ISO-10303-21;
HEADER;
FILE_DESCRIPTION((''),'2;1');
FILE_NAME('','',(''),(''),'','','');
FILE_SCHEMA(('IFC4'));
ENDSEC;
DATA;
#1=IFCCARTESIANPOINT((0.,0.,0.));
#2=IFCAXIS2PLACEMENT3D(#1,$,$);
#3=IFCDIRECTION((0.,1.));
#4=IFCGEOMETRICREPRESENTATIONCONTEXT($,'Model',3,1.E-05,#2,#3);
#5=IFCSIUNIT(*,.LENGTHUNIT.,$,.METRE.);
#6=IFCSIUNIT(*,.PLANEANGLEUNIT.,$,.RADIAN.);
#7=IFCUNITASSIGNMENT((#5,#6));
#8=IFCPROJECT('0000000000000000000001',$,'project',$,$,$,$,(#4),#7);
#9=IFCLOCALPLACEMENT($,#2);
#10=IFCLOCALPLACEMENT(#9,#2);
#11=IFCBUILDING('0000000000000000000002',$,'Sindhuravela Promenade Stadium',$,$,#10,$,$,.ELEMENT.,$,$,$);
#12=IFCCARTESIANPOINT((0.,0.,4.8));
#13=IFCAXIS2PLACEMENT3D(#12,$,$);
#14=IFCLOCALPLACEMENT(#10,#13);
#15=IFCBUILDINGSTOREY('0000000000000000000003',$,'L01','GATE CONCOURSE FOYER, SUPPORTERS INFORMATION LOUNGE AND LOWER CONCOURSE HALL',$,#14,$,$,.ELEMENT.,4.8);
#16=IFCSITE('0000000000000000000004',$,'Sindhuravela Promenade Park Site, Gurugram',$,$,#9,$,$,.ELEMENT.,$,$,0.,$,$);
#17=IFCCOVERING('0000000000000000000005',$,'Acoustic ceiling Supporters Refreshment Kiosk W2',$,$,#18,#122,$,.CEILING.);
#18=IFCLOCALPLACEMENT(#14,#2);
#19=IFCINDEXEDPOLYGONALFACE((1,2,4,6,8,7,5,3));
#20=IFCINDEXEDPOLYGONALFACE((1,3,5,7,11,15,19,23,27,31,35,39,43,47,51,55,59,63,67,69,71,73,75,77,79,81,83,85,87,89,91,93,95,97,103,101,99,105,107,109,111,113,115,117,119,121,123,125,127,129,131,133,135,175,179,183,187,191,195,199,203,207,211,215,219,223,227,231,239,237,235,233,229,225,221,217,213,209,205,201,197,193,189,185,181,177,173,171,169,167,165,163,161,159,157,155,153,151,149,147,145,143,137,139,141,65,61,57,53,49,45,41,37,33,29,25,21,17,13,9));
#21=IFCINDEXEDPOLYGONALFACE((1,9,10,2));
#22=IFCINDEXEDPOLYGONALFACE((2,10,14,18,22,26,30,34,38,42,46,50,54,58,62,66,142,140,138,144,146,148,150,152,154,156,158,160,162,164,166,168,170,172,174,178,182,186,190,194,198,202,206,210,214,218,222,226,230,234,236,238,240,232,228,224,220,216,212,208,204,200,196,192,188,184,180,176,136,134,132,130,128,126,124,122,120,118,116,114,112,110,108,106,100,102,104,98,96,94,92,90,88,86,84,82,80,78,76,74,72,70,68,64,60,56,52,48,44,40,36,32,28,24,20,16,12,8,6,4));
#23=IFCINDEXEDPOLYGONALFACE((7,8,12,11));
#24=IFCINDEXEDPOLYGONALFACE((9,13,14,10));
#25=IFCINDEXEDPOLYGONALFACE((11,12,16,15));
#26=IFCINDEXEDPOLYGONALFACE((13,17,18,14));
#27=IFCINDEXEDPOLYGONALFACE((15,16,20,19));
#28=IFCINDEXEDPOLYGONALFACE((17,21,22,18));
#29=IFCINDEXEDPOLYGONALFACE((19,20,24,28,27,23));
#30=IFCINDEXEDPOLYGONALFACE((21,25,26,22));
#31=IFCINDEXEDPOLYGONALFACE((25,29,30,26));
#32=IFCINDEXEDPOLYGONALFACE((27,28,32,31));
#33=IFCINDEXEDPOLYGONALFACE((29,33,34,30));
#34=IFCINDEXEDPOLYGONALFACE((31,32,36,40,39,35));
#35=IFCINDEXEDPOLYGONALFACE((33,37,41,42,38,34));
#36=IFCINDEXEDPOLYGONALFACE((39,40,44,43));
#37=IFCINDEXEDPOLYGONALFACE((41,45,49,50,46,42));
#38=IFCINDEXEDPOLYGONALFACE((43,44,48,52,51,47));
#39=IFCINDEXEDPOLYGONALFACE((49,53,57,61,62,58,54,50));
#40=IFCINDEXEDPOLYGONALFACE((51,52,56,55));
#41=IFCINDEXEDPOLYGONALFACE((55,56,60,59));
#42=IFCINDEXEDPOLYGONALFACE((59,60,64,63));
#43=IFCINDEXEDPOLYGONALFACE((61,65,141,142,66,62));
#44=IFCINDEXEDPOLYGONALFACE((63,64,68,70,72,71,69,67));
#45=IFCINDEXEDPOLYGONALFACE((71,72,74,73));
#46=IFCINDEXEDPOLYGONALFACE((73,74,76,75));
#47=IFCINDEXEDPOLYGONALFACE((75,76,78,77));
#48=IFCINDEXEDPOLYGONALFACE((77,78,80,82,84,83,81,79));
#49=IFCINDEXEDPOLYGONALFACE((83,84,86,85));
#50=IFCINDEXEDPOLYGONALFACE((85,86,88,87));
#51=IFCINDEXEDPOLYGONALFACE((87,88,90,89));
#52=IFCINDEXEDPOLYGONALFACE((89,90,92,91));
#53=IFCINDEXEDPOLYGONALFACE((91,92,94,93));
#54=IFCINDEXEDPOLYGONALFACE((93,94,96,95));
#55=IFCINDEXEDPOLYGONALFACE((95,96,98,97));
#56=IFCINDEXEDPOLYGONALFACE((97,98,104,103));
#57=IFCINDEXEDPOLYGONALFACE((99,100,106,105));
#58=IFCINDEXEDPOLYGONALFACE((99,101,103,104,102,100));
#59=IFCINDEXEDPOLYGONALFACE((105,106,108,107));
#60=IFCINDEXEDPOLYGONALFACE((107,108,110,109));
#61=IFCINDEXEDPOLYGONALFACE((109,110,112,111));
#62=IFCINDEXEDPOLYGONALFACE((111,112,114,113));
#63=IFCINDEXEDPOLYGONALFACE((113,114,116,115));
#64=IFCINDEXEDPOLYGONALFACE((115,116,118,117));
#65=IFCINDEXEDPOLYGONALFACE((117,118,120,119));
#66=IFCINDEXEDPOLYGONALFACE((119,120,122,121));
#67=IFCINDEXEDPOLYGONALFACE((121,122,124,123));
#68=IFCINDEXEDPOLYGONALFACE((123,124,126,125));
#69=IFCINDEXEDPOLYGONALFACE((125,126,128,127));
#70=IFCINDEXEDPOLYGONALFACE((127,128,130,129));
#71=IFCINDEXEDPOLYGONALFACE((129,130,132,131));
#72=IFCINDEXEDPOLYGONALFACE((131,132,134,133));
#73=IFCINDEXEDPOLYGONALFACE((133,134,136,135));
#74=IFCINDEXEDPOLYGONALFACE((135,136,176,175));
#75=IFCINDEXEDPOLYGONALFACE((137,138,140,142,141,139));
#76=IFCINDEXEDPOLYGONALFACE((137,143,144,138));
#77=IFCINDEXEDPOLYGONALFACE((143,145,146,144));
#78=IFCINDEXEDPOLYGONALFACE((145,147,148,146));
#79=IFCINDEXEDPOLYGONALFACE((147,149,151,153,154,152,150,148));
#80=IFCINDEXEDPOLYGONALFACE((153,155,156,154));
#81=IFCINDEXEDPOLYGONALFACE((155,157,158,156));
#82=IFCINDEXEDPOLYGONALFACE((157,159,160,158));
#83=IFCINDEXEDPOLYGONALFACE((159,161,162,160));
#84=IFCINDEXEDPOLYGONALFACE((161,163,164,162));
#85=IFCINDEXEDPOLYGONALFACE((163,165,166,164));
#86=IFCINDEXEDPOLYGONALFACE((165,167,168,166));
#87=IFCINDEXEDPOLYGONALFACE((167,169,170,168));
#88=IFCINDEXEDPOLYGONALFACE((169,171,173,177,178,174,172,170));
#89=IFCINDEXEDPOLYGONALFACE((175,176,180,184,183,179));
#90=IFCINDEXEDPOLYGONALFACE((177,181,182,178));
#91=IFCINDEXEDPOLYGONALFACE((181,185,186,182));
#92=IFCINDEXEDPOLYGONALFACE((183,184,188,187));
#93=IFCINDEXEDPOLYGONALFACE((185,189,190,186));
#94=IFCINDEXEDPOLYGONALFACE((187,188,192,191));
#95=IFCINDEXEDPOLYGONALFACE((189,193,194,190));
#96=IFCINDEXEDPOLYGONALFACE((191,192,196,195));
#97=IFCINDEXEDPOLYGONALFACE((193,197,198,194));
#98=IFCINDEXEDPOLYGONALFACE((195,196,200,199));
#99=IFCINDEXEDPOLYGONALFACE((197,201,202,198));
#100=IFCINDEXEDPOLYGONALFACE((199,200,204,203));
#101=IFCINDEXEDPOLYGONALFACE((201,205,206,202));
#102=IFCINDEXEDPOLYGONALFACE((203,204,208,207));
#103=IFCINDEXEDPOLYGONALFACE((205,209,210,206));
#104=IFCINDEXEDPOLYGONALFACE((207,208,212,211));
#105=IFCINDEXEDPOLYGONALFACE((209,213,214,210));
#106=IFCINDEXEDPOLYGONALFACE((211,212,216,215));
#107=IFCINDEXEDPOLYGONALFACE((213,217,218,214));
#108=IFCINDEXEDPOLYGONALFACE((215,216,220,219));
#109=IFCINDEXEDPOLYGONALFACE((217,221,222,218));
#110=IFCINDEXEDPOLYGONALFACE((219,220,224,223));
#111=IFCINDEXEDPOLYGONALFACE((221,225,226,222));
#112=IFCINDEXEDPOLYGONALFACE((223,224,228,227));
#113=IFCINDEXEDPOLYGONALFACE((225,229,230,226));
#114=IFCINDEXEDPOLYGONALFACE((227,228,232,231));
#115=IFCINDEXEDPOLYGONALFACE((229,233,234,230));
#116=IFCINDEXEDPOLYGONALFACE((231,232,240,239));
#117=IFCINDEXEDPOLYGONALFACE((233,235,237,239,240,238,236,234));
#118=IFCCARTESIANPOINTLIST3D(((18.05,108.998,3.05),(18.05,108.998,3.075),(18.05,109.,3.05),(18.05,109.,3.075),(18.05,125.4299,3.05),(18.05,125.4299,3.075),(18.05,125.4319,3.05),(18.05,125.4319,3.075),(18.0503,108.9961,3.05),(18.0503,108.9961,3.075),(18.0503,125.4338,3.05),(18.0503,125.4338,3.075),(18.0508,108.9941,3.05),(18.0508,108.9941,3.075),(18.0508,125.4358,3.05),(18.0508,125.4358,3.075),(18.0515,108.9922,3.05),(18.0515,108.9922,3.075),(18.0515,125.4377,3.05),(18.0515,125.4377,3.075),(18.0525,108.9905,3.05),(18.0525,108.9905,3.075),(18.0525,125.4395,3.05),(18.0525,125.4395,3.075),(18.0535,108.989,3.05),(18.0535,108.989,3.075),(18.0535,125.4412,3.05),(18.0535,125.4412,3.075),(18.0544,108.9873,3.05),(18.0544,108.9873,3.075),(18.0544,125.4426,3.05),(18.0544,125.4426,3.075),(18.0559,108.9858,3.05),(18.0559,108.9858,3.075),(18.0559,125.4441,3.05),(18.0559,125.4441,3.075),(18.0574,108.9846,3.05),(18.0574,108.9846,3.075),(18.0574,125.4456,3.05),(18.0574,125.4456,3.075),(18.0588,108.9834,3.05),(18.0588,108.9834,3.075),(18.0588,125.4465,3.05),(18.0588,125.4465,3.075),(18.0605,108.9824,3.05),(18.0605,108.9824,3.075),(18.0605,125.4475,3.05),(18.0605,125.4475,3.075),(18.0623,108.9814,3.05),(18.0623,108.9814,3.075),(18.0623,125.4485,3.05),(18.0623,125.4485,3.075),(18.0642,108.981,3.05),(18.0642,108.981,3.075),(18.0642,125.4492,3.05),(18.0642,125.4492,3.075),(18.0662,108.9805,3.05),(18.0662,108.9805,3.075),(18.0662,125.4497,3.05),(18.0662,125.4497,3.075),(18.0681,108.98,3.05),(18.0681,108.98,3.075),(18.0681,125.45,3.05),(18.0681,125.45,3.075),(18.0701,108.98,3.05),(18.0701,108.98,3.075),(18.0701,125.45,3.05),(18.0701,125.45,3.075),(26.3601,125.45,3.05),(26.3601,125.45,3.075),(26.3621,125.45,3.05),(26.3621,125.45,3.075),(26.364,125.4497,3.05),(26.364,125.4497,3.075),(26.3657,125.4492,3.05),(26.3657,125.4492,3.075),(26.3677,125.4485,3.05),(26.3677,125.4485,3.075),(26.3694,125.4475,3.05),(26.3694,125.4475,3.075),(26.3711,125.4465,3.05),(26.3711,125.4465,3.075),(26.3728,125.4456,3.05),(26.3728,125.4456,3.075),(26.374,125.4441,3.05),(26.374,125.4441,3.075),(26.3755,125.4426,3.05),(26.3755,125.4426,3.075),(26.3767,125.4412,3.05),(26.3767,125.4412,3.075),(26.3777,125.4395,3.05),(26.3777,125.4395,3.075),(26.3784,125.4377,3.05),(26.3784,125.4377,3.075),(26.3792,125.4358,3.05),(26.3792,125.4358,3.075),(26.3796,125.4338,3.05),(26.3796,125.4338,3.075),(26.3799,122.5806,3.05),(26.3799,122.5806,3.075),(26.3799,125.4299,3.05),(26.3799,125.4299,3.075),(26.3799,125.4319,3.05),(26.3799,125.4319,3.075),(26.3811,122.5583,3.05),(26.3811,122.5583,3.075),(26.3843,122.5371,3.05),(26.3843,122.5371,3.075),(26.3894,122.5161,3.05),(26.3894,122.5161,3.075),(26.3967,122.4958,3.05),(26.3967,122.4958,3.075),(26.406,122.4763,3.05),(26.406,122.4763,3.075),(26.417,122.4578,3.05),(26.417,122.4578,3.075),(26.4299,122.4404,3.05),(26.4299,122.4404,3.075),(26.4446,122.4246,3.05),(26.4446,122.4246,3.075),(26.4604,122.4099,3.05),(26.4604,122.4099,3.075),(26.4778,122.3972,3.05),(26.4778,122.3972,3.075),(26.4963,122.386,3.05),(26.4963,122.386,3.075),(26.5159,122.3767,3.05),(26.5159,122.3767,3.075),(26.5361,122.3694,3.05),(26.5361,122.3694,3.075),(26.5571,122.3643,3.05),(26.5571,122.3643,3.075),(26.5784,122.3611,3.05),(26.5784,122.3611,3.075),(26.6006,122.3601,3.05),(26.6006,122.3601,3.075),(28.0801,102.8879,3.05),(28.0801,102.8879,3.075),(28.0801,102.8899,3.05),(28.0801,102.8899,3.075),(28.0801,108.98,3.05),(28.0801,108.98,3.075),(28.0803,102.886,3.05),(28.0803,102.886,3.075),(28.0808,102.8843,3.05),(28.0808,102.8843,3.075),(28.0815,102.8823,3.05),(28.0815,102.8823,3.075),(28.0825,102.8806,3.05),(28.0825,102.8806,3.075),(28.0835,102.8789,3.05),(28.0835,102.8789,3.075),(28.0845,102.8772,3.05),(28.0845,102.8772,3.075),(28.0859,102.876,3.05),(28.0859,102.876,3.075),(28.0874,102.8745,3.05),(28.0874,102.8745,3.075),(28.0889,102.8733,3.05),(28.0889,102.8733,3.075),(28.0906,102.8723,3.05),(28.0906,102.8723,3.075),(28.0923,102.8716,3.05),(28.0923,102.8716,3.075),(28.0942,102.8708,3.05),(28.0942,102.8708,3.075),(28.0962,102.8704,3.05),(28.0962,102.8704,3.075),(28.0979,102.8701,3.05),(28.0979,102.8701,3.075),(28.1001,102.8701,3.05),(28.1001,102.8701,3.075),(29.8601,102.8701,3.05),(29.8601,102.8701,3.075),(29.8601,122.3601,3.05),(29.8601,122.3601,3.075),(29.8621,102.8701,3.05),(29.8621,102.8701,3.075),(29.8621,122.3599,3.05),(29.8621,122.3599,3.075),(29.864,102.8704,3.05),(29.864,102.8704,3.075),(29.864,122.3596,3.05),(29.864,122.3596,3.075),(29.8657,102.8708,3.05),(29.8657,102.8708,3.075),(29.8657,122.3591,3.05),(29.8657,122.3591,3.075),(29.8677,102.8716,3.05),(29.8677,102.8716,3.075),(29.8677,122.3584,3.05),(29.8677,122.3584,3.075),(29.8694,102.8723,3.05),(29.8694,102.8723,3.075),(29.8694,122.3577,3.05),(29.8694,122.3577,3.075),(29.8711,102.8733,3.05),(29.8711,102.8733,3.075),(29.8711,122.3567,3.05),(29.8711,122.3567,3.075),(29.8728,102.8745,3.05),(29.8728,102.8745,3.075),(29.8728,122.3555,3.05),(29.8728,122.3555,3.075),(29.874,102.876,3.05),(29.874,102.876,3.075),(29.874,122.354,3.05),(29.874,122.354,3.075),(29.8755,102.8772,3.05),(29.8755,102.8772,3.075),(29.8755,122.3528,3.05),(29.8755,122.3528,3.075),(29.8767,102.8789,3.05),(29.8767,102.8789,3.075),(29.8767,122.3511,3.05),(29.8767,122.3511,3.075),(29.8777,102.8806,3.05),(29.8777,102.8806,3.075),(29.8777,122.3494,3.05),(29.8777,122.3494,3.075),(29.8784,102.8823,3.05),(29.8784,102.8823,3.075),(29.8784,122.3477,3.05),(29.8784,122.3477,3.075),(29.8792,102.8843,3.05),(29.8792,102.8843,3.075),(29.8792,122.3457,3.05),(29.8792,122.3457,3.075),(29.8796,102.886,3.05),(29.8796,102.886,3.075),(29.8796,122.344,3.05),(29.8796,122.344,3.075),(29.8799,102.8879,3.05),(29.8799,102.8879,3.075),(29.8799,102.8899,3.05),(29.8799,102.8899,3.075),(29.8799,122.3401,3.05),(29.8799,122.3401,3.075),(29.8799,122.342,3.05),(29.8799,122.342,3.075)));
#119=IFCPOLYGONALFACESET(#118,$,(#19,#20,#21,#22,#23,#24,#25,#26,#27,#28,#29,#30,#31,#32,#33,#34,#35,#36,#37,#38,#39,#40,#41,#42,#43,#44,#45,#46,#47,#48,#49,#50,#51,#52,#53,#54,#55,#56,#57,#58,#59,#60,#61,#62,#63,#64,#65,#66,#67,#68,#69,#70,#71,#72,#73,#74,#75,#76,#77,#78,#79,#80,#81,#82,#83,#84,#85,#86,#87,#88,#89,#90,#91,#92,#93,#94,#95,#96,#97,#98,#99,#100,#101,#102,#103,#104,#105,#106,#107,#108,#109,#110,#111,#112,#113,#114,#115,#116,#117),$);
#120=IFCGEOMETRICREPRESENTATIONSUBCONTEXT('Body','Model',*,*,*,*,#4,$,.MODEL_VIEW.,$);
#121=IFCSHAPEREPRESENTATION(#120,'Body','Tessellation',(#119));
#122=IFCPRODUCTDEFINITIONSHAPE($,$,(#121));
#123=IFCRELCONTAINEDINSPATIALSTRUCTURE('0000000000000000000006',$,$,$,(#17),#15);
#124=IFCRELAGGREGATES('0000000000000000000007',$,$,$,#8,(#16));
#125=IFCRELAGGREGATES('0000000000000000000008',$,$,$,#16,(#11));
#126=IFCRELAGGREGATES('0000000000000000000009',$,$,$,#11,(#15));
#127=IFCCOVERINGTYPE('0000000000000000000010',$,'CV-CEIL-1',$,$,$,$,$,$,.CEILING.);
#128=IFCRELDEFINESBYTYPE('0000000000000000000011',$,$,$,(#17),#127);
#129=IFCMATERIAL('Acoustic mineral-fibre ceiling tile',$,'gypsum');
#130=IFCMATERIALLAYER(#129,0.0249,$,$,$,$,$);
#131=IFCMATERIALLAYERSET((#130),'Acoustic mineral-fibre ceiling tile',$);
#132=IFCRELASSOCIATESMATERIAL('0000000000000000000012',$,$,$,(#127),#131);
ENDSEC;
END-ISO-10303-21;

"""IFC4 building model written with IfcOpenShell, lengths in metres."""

from ifc_helpers import new_model, si_unit, direction, frame, origin, place, context, subcontext, project, spatial, polyline, outline, extrude, material, layer, layer_set, type_object, element, save


model = new_model("IFC4")

# Units and contexts
model_context = context("Model", 3, precision=1e-05, world=origin(), true_north=direction((0.0, 1.0)))
body_context = subcontext(model_context, "Body", "Model", "MODEL_VIEW")
ifc_project = project(units=[si_unit("LENGTHUNIT", "METRE"), si_unit("PLANEANGLEUNIT", "RADIAN")], contexts=[model_context])

# Site, building, storey
site_placement = place(None, origin())
site = spatial("IfcSite", under=ifc_project, at=site_placement, Name="Sindhuravela Promenade Park Site, Gurugram", CompositionType="ELEMENT", RefElevation=0.0)
building_placement = place(site_placement, origin())
building = spatial("IfcBuilding", under=site, at=building_placement, Name="Sindhuravela Promenade Stadium", CompositionType="ELEMENT")
storey_placement = place(building_placement, frame((0.0, 0.0, 4.8)))
storey = spatial("IfcBuildingStorey", under=building, at=storey_placement, Name="L01", Description="GATE CONCOURSE FOYER, SUPPORTERS INFORMATION LOUNGE AND LOWER CONCOURSE HALL", CompositionType="ELEMENT", Elevation=4.8)

# Covering
ifc_material_1 = material(Name="Acoustic mineral-fibre ceiling tile", Category="gypsum")
ifc_layer_1 = layer(ifc_material_1, 0.0249)
ifc_layer_set_1 = layer_set([ifc_layer_1], Name="Acoustic mineral-fibre ceiling tile")
covering_type_1 = type_object("IfcCoveringType", Name="CV-CEIL-1", PredefinedType="CEILING", material=ifc_layer_set_1)
covering_1_placement = place(storey_placement, frame((0.0, 0.0, 3.05)))
element("IfcCovering", 1, at=covering_1_placement, inside=storey, type_object=covering_type_1, Name="Acoustic ceiling Supporters Refreshment Kiosk W2", PredefinedType="CEILING", context=body_context, shape_type="SweptSolid", body=[
    extrude(outline(polyline([(26.3799, 122.5806), (26.3811, 122.5583), (26.3843, 122.5371), (26.3894, 122.5161), (26.3967, 122.4958), (26.406, 122.4763), (26.417, 122.4578), (26.4299, 122.4404), (26.4446, 122.4246), (26.4604, 122.4099), (26.4778, 122.3972), (26.4963, 122.386), (26.5159, 122.3767), (26.5361, 122.3694), (26.5571, 122.3643), (26.5784, 122.3611), (26.6006, 122.3601), (29.8601, 122.3601), (29.8621, 122.3599), (29.864, 122.3596), (29.8657, 122.3591), (29.8677, 122.3584), (29.8694, 122.3577), (29.8711, 122.3567), (29.8728, 122.3555), (29.874, 122.354), (29.8755, 122.3528), (29.8767, 122.3511), (29.8777, 122.3494), (29.8784, 122.3477), (29.8792, 122.3457), (29.8796, 122.344), (29.8799, 122.342), (29.8799, 122.3401), (29.8799, 102.8899), (29.8799, 102.8879), (29.8796, 102.886), (29.8792, 102.8843), (29.8784, 102.8823), (29.8777, 102.8806), (29.8767, 102.8789), (29.8755, 102.8772), (29.874, 102.876), (29.8728, 102.8745), (29.8711, 102.8733), (29.8694, 102.8723), (29.8677, 102.8716), (29.8657, 102.8708), (29.864, 102.8704), (29.8621, 102.8701), (29.8601, 102.8701), (28.1001, 102.8701), (28.0979, 102.8701), (28.0962, 102.8704), (28.0942, 102.8708), (28.0923, 102.8716), (28.0906, 102.8723), (28.0889, 102.8733), (28.0874, 102.8745), (28.0859, 102.876), (28.0845, 102.8772), (28.0835, 102.8789), (28.0825, 102.8806), (28.0815, 102.8823), (28.0808, 102.8843), (28.0803, 102.886), (28.0801, 102.8879), (28.0801, 102.8899), (28.0801, 108.98), (18.0701, 108.98), (18.0681, 108.98), (18.0662, 108.9805), (18.0642, 108.981), (18.0623, 108.9814), (18.0605, 108.9824), (18.0588, 108.9834), (18.0574, 108.9846), (18.0559, 108.9858), (18.0544, 108.9873), (18.0535, 108.989), (18.0525, 108.9905), (18.0515, 108.9922), (18.0508, 108.9941), (18.0503, 108.9961), (18.05, 108.998), (18.05, 109.0), (18.05, 125.4299), (18.05, 125.4319), (18.0503, 125.4338), (18.0508, 125.4358), (18.0515, 125.4377), (18.0525, 125.4395), (18.0535, 125.4412), (18.0544, 125.4426), (18.0559, 125.4441), (18.0574, 125.4456), (18.0588, 125.4465), (18.0605, 125.4475), (18.0623, 125.4485), (18.0642, 125.4492), (18.0662, 125.4497), (18.0681, 125.45), (18.0701, 125.45), (26.3601, 125.45), (26.3621, 125.45), (26.364, 125.4497), (26.3657, 125.4492), (26.3677, 125.4485), (26.3694, 125.4475), (26.3711, 125.4465), (26.3728, 125.4456), (26.374, 125.4441), (26.3755, 125.4426), (26.3767, 125.4412), (26.3777, 125.4395), (26.3784, 125.4377), (26.3792, 125.4358), (26.3796, 125.4338), (26.3799, 125.4319), (26.3799, 125.4299), (26.3799, 122.5806)])), origin(), (0.0, 0.0, 1.0), 0.0249),
])

save(model, "model.ifc")
